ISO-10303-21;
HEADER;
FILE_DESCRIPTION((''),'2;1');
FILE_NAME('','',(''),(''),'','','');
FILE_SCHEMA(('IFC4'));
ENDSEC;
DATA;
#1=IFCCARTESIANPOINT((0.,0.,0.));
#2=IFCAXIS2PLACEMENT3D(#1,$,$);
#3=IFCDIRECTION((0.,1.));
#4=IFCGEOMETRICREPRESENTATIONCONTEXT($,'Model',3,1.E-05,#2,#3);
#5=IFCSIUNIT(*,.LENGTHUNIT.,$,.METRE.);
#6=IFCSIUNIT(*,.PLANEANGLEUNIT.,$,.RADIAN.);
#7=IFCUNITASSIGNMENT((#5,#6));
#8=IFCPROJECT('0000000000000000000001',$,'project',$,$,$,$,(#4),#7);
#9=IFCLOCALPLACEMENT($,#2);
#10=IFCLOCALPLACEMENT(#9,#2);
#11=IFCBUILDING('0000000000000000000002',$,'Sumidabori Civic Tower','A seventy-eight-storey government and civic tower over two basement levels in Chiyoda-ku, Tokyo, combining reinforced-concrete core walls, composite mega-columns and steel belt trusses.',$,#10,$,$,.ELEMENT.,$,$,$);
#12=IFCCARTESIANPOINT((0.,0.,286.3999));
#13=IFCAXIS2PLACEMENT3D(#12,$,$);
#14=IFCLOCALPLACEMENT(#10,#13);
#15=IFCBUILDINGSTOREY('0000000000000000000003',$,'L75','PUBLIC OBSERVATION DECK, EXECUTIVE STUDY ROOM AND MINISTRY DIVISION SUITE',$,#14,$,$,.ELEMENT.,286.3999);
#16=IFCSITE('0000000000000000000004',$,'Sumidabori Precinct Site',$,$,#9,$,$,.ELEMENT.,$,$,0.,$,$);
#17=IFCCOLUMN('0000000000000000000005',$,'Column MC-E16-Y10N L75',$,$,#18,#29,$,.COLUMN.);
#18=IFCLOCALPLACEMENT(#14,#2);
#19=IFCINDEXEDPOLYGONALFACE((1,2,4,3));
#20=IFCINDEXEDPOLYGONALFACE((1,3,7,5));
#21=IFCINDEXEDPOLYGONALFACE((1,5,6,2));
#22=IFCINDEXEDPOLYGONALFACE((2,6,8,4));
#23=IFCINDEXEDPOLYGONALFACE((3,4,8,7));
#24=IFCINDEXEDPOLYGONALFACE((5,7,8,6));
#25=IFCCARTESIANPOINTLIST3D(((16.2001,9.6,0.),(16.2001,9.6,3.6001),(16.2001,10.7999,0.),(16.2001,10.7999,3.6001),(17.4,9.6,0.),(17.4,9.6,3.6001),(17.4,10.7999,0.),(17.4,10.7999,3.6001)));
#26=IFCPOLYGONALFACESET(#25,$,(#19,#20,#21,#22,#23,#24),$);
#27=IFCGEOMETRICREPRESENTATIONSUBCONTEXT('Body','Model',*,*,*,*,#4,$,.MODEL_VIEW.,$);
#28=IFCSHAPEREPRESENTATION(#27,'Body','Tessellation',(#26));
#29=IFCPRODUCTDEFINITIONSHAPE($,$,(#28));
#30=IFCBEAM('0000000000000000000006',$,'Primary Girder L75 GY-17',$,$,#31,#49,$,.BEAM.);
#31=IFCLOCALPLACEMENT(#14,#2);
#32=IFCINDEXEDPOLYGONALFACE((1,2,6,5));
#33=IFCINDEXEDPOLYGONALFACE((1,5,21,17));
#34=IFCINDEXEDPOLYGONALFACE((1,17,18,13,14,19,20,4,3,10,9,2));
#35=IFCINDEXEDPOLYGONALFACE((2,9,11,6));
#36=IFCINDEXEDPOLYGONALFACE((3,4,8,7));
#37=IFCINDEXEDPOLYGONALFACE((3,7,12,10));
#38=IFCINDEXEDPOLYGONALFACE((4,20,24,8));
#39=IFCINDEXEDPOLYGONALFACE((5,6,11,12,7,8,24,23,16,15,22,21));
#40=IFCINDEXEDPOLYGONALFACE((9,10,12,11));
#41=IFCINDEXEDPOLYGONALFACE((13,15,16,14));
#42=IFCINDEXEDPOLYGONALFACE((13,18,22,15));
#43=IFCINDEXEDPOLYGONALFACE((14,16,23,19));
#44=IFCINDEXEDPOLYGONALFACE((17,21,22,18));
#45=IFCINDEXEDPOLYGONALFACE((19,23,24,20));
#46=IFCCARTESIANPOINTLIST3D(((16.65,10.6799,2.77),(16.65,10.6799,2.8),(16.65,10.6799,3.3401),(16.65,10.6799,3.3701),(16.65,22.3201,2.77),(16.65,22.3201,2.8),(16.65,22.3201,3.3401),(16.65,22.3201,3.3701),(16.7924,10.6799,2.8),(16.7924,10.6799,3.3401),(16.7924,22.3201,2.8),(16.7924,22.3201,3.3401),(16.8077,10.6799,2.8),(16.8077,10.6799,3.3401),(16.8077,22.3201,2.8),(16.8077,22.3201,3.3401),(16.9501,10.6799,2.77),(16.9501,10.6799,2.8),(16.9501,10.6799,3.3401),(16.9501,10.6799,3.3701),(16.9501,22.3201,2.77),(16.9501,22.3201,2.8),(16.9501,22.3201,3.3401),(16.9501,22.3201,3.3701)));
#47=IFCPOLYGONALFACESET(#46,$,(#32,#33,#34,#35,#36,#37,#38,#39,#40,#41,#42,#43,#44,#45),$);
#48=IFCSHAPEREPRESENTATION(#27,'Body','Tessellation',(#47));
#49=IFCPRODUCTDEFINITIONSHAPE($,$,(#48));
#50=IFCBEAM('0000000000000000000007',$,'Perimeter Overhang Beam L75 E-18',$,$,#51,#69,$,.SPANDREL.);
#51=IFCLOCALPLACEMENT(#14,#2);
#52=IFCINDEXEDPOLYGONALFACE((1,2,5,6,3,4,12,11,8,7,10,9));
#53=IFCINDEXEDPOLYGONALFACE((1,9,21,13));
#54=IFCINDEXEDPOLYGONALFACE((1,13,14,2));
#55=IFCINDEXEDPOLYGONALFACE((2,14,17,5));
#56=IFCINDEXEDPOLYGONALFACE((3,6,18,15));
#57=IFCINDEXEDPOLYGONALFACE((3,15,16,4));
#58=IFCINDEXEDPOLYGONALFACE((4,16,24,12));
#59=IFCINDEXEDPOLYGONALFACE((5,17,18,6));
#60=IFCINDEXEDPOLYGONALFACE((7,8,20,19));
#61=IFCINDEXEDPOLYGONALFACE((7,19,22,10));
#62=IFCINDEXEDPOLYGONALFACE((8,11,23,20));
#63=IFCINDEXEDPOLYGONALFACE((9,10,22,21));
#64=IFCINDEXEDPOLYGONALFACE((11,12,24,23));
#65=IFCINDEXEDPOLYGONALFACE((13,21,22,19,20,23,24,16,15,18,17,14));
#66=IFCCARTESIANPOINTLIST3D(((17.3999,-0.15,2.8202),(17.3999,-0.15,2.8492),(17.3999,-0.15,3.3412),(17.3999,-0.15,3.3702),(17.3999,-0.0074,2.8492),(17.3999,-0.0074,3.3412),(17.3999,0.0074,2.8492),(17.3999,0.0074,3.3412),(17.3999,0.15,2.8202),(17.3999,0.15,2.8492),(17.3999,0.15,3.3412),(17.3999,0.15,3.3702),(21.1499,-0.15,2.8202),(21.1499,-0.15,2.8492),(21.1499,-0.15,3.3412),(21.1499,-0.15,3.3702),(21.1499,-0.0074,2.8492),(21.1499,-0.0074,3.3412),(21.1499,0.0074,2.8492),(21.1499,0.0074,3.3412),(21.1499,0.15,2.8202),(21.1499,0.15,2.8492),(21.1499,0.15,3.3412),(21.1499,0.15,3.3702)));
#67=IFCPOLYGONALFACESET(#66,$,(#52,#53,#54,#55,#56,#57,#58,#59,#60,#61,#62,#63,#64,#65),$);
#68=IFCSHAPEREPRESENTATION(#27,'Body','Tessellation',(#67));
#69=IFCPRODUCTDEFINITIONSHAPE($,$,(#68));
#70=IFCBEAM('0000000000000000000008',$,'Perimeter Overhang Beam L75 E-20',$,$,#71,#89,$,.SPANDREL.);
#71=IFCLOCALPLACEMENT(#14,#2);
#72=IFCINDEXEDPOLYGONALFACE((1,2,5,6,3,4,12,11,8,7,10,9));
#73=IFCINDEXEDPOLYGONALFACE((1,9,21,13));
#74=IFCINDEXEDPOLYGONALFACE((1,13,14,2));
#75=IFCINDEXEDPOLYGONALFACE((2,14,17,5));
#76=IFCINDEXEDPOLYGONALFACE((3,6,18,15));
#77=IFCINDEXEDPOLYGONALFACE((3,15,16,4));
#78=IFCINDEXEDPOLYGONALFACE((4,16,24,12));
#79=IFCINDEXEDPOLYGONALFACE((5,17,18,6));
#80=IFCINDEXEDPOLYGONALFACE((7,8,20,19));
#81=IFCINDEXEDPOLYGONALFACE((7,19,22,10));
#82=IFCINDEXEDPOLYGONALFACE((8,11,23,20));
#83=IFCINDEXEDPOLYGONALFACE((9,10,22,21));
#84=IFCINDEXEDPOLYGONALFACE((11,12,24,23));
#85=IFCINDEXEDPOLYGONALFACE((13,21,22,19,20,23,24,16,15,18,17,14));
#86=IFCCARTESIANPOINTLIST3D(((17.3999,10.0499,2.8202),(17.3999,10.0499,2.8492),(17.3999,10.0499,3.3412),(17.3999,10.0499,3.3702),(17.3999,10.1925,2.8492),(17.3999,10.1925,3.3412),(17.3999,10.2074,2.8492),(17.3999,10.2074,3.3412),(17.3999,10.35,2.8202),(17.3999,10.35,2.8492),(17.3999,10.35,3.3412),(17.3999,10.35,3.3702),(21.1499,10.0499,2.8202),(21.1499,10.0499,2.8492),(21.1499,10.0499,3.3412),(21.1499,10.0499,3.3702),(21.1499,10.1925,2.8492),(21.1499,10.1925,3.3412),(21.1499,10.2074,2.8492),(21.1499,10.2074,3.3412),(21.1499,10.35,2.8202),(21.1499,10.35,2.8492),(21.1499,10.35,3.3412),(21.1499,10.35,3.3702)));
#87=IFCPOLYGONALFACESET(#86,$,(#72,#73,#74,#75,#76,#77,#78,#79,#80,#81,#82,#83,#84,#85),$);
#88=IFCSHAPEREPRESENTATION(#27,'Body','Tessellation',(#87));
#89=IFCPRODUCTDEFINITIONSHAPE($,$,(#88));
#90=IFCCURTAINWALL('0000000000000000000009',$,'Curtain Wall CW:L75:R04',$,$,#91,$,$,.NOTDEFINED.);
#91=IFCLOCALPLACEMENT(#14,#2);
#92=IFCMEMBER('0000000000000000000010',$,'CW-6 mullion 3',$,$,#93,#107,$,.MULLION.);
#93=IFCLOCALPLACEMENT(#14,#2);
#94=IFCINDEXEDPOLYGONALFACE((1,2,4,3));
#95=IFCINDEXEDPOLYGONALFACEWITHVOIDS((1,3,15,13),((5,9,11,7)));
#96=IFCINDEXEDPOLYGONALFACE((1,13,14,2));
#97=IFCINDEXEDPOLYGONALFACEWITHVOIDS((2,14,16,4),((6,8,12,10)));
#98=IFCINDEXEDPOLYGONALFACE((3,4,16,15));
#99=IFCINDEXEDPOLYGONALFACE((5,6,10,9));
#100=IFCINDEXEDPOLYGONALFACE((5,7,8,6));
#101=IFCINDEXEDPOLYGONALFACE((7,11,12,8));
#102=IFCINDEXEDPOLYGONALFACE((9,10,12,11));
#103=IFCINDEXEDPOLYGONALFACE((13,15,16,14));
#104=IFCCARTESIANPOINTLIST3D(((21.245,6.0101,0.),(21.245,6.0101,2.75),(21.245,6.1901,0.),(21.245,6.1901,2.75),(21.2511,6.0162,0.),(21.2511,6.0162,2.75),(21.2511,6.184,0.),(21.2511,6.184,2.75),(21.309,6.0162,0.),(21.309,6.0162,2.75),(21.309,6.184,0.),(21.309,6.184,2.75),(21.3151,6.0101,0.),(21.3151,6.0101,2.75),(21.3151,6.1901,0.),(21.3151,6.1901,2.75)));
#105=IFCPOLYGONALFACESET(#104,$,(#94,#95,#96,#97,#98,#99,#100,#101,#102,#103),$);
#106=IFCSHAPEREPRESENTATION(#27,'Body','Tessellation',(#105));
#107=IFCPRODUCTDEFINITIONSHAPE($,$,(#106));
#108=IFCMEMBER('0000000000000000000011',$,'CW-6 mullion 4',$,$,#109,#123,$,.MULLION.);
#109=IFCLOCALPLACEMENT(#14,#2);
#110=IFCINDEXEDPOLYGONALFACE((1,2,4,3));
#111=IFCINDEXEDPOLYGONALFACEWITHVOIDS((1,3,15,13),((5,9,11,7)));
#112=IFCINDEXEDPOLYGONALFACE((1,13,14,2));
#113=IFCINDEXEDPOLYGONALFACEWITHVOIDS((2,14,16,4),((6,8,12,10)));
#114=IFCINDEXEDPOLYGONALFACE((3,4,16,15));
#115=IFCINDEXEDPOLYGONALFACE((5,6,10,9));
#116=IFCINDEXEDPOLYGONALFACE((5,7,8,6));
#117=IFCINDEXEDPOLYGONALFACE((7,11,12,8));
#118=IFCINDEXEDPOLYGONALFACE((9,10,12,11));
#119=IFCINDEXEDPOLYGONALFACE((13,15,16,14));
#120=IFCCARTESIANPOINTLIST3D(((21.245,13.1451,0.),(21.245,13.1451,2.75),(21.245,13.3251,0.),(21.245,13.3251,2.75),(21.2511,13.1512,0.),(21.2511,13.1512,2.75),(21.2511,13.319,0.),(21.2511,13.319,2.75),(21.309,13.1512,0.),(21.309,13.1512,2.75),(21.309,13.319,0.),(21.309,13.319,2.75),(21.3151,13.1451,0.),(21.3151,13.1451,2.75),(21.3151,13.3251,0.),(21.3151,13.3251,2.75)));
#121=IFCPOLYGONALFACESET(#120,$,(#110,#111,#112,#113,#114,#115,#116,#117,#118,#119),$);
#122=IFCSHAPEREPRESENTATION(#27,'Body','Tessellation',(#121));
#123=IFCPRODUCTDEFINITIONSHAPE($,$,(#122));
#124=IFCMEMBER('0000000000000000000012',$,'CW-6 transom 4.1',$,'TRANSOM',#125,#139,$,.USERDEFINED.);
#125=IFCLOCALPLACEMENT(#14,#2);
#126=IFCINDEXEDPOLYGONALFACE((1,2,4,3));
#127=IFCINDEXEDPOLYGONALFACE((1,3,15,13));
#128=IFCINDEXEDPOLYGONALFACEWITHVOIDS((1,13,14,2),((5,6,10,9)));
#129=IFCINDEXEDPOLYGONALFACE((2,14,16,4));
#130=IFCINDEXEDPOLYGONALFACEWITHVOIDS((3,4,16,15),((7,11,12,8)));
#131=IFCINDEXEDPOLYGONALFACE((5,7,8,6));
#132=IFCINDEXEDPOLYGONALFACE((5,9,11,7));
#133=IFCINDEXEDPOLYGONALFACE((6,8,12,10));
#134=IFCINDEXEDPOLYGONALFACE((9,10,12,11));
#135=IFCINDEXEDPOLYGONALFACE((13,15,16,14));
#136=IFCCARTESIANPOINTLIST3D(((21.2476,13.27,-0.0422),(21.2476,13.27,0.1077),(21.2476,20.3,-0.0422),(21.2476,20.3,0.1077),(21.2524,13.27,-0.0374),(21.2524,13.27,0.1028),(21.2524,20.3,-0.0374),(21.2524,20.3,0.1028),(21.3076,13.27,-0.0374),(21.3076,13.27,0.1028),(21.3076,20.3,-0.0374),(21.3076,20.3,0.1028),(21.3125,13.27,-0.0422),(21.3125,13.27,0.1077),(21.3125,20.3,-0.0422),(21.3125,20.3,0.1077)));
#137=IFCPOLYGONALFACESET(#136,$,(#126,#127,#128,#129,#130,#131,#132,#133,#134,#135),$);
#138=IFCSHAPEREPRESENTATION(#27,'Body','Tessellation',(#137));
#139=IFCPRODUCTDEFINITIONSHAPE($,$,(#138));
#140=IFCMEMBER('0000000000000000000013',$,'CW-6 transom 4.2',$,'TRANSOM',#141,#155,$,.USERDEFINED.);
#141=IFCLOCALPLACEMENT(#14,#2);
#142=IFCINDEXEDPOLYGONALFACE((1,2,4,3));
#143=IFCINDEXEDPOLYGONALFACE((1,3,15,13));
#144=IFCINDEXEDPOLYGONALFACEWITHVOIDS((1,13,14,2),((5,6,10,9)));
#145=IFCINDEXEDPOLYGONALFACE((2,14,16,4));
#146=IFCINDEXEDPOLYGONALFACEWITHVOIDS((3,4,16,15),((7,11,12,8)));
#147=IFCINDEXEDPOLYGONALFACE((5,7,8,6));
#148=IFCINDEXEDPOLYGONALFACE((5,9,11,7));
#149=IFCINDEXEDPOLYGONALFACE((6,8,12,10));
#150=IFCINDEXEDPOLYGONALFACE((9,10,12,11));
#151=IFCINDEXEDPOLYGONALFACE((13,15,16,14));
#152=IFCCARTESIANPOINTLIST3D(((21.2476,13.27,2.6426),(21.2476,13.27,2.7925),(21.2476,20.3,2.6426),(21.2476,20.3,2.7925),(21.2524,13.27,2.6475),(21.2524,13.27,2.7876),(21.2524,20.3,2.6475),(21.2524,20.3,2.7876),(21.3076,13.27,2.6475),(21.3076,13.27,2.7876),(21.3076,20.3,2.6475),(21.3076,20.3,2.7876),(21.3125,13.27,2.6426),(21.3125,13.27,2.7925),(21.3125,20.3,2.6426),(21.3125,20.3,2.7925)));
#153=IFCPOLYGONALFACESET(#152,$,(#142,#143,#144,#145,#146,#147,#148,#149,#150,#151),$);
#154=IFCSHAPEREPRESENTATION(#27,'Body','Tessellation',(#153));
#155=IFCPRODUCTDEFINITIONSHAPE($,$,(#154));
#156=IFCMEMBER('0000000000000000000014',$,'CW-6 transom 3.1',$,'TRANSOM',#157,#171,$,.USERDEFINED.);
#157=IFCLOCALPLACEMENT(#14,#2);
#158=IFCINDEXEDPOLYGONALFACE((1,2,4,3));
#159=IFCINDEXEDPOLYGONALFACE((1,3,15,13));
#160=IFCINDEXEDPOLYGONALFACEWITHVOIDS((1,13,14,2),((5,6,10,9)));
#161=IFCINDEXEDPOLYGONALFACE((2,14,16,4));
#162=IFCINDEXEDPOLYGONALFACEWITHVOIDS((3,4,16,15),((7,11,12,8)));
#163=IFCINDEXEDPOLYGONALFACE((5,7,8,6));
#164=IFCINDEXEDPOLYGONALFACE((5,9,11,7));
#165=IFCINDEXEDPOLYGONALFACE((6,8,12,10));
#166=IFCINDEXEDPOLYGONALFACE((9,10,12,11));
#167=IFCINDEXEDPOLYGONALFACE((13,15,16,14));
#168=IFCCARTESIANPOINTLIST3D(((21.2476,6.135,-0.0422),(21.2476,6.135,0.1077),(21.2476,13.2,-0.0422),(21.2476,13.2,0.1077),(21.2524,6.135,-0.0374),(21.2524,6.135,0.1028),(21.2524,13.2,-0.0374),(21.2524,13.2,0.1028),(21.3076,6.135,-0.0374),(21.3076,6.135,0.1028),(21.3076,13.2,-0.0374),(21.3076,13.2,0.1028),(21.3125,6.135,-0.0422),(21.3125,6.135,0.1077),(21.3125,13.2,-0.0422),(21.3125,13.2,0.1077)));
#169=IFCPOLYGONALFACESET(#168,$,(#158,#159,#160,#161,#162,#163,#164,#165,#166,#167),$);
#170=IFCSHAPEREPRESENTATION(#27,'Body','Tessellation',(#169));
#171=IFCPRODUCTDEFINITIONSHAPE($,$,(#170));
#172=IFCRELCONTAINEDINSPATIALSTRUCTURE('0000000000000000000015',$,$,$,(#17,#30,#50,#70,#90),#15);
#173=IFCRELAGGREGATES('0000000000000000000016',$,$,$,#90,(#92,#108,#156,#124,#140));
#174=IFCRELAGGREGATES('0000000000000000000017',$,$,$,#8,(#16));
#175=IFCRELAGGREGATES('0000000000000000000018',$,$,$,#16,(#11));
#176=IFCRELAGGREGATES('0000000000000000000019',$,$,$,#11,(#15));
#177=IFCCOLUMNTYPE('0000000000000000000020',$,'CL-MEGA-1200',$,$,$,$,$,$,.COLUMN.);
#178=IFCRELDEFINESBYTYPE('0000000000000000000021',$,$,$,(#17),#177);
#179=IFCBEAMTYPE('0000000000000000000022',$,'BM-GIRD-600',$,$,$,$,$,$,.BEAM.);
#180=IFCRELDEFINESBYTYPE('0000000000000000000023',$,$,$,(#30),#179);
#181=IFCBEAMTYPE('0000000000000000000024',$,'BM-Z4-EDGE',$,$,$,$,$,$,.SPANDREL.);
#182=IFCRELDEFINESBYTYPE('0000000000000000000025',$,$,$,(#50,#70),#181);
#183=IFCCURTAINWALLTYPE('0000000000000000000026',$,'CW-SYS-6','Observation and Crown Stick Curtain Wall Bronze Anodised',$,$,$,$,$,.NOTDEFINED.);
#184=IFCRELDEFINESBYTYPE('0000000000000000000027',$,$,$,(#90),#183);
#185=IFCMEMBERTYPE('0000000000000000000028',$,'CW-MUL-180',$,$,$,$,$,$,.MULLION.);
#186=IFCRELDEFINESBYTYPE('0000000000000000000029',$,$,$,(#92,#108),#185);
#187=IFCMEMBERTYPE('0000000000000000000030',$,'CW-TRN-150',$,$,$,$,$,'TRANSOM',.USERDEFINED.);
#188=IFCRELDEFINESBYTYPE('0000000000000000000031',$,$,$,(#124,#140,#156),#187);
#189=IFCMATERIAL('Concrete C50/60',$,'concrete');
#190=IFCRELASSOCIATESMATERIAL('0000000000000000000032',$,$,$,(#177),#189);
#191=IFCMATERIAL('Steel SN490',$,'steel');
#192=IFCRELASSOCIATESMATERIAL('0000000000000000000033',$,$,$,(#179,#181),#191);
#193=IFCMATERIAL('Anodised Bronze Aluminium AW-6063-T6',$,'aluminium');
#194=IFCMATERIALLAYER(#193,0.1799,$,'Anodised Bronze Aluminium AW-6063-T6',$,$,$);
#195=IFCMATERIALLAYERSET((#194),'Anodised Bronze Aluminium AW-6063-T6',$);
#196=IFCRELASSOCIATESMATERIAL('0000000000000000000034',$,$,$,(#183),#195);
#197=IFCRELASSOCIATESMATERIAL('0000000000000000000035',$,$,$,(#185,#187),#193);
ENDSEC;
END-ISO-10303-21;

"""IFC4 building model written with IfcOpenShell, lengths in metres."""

from ifc_helpers import new_model, si_unit, direction, frame, origin, origin_2d, place, context, subcontext, project, spatial, rectangle, hollow_rectangle, i_section, extrude, source, transform, mapped, material, layer, layer_set, material_profile, profile_set, type_object, element, aggregate, save


model = new_model("IFC4")

# Units and contexts
model_context = context("Model", 3, precision=1e-05, world=origin(), true_north=direction((0.0, 1.0)))
body_context = subcontext(model_context, "Body", "Model", "MODEL_VIEW")
ifc_project = project(units=[si_unit("LENGTHUNIT", "METRE"), si_unit("PLANEANGLEUNIT", "RADIAN")], contexts=[model_context])

# Site, building, storey
site_placement = place(None, origin())
site = spatial("IfcSite", under=ifc_project, at=site_placement, Name="Sumidabori Precinct Site", CompositionType="ELEMENT", RefElevation=0.0)
building_placement = place(site_placement, origin())
building = spatial("IfcBuilding", under=site, at=building_placement, Name="Sumidabori Civic Tower", Description="A seventy-eight-storey government and civic tower over two basement levels in Chiyoda-ku, Tokyo, combining reinforced-concrete core walls, composite mega-columns and steel belt trusses.", CompositionType="ELEMENT")
storey_placement = place(building_placement, frame((0.0, 0.0, 286.3999)))
storey = spatial("IfcBuildingStorey", under=building, at=storey_placement, Name="L75", Description="PUBLIC OBSERVATION DECK, EXECUTIVE STUDY ROOM AND MINISTRY DIVISION SUITE", CompositionType="ELEMENT", Elevation=286.3999)

# Column
ifc_material_1 = material(Name="Concrete C50/60", Category="concrete")
ifc_material_profile_1 = material_profile(ifc_material_1, rectangle(XDim=1.2, YDim=1.2, at=origin_2d()), Name="RC 1200x1200")
ifc_profile_set_1 = profile_set([ifc_material_profile_1], Name="Concrete C50/60")
column_type = type_object("IfcColumnType", Name="CL-MEGA-1200", PredefinedType="COLUMN", material=ifc_profile_set_1)
shared_shape_1 = source(origin(), body_context, "Body", "SweptSolid", [
    extrude(rectangle(XDim=1.2, YDim=1.2, at=origin_2d()), origin(), (0.0, 0.0, 1.0), 3.6001),
])
column_placement = place(storey_placement, frame((16.8, 10.2, 0.0), z_axis=(0.0, 0.0, 1.0), x_axis=(1.0, 0.0, 0.0)))
element("IfcColumn", 1, at=column_placement, inside=storey, type_object=column_type, Name="Column MC-E16-Y10N L75", PredefinedType="COLUMN", context=body_context, shape_type="MappedRepresentation", body=[
    mapped(shared_shape_1, transform((0.0, 0.0, 0.0), x_axis=(1.0, 0.0, 0.0), y_axis=(0.0, 1.0, 0.0), z_axis=(0.0, 0.0, 1.0), scale=1.0)),
])

# Beams
ifc_material_2 = material(Name="Steel SN490", Category="steel")
ifc_material_profile_2 = material_profile(ifc_material_2, i_section(OverallWidth=0.3, OverallDepth=0.6001, WebThickness=0.0154, FlangeThickness=0.03, at=origin_2d()), Name="HE 600 B")
ifc_profile_set_2 = profile_set([ifc_material_profile_2], Name="Steel SN490")
beam_type_1 = type_object("IfcBeamType", Name="BM-GIRD-600", PredefinedType="BEAM", material=ifc_profile_set_2)
shared_shape_2 = source(origin(), body_context, "Body", "SweptSolid", [
    extrude(i_section(OverallWidth=0.3, OverallDepth=0.6001, WebThickness=0.0154, FlangeThickness=0.03, at=origin_2d()), origin(), (0.0, 0.0, 1.0), 11.6401),
])
beam_placement = place(storey_placement, frame((16.8, 10.6799, 3.0701), z_axis=(0.0, 1.0, 0.0), x_axis=(-1.0, 0.0, 0.0)))
element("IfcBeam", 2, at=beam_placement, inside=storey, type_object=beam_type_1, Name="Primary Girder L75 GY-17", PredefinedType="BEAM", context=body_context, shape_type="MappedRepresentation", body=[
    mapped(shared_shape_2, transform((0.0, 0.0, 0.0), x_axis=(1.0, 0.0, 0.0), y_axis=(0.0, 1.0, 0.0), z_axis=(0.0, 0.0, 1.0), scale=1.0)),
])
ifc_material_profile_3 = material_profile(ifc_material_2, i_section(OverallWidth=0.3, OverallDepth=0.55, WebThickness=0.0149, FlangeThickness=0.0291, at=origin_2d()), Name="HE 550 B")
ifc_profile_set_3 = profile_set([ifc_material_profile_3], Name="Steel SN490")
beam_type_2 = type_object("IfcBeamType", Name="BM-Z4-EDGE", PredefinedType="SPANDREL", material=ifc_profile_set_3)
shared_shape_3 = source(origin(), body_context, "Body", "SweptSolid", [
    extrude(i_section(OverallWidth=0.3, OverallDepth=0.55, WebThickness=0.0149, FlangeThickness=0.0291, at=origin_2d()), origin(), (0.0, 0.0, 1.0), 3.75),
])
for number, where, z_axis, x_axis, name in (
    (3, (17.3999, 0.0, 3.0952), (1.0, 0.0, 0.0), (0.0, 1.0, 0.0), "Perimeter Overhang Beam L75 E-18"),
    (4, (17.3999, 10.2, 3.0952), (1.0, 0.0, 0.0), (0.0, 1.0, 0.0), "Perimeter Overhang Beam L75 E-20"),
):
    element("IfcBeam", number, at=place(storey_placement, frame(where, z_axis=z_axis, x_axis=x_axis)), inside=storey, type_object=beam_type_2, Name=name, PredefinedType="SPANDREL", context=body_context, shape_type="MappedRepresentation", body=[
        mapped(shared_shape_3, transform((0.0, 0.0, 0.0), x_axis=(1.0, 0.0, 0.0), y_axis=(0.0, 1.0, 0.0), z_axis=(0.0, 0.0, 1.0), scale=1.0)),
    ])

# Curtain wall, members
ifc_material_3 = material(Name="Anodised Bronze Aluminium AW-6063-T6", Category="aluminium")
ifc_layer_1 = layer(ifc_material_3, 0.1799, Name="Anodised Bronze Aluminium AW-6063-T6")
ifc_layer_set_1 = layer_set([ifc_layer_1], Name="Anodised Bronze Aluminium AW-6063-T6")
curtain_wall_type = type_object("IfcCurtainWallType", Name="CW-SYS-6", Description="Observation and Crown Stick Curtain Wall Bronze Anodised", PredefinedType="NOTDEFINED", material=ifc_layer_set_1)
curtain_wall_placement = place(storey_placement, origin())
curtain_wall = element("IfcCurtainWall", 5, at=curtain_wall_placement, inside=storey, type_object=curtain_wall_type, Name="Curtain Wall CW:L75:R04", PredefinedType="NOTDEFINED")
ifc_material_profile_4 = material_profile(ifc_material_3, hollow_rectangle(XDim=0.0701, YDim=0.1799, WallThickness=0.0061, at=origin_2d()), Name="ALU MULLION 180x70")
ifc_profile_set_4 = profile_set([ifc_material_profile_4], Name="Anodised Bronze Aluminium AW-6063-T6")
member_type_1 = type_object("IfcMemberType", Name="CW-MUL-180", PredefinedType="MULLION", material=ifc_profile_set_4)
shared_shape_4 = source(origin(), body_context, "Body", "SweptSolid", [
    extrude(hollow_rectangle(XDim=0.0701, YDim=0.1799, WallThickness=0.0061, at=origin_2d()), origin(), (0.0, 0.0, 1.0), 2.75),
])
member_1_placement = place(storey_placement, frame((21.28, 6.1001, 0.0), z_axis=(0.0, 0.0, 1.0), x_axis=(-1.0, 0.0, 0.0)))
member_1 = element("IfcMember", 6, at=member_1_placement, type_object=member_type_1, Name="CW-6 mullion 3", PredefinedType="MULLION", context=body_context, shape_type="MappedRepresentation", body=[
    mapped(shared_shape_4, transform((0.0, 0.0, 0.0), x_axis=(1.0, 0.0, 0.0), y_axis=(0.0, 1.0, 0.0), z_axis=(0.0, 0.0, 1.0), scale=1.0)),
])
member_2_placement = place(storey_placement, frame((21.28, 13.2351, 0.0), z_axis=(0.0, 0.0, 1.0), x_axis=(-1.0, 0.0, 0.0)))
member_2 = element("IfcMember", 7, at=member_2_placement, type_object=member_type_1, Name="CW-6 mullion 4", PredefinedType="MULLION", context=body_context, shape_type="MappedRepresentation", body=[
    mapped(shared_shape_4, transform((0.0, 0.0, 0.0), x_axis=(1.0, 0.0, 0.0), y_axis=(0.0, 1.0, 0.0), z_axis=(0.0, 0.0, 1.0), scale=1.0)),
])
ifc_material_profile_5 = material_profile(ifc_material_3, hollow_rectangle(XDim=0.0649, YDim=0.1499, WallThickness=0.0049, at=origin_2d()), Name="ALU TRANSOM 150x65")
ifc_profile_set_5 = profile_set([ifc_material_profile_5], Name="Anodised Bronze Aluminium AW-6063-T6")
member_type_2 = type_object("IfcMemberType", Name="CW-TRN-150", ElementType="TRANSOM", PredefinedType="USERDEFINED", material=ifc_profile_set_5)
shared_shape_5 = source(origin(), body_context, "Body", "SweptSolid", [
    extrude(hollow_rectangle(XDim=0.0649, YDim=0.1499, WallThickness=0.0049, at=origin_2d()), origin(), (0.0, 0.0, 1.0), 7.03),
])
member_3_placement = place(storey_placement, frame((21.28, 13.27, 0.0327), z_axis=(0.0, 1.0, 0.0), x_axis=(-1.0, 0.0, 0.0)))
member_3 = element("IfcMember", 8, at=member_3_placement, type_object=member_type_2, Name="CW-6 transom 4.1", ObjectType="TRANSOM", PredefinedType="USERDEFINED", context=body_context, shape_type="MappedRepresentation", body=[
    mapped(shared_shape_5, transform((0.0, 0.0, 0.0), x_axis=(1.0, 0.0, 0.0), y_axis=(0.0, 1.0, 0.0), z_axis=(0.0, 0.0, 1.0), scale=1.0)),
])
member_4_placement = place(storey_placement, frame((21.28, 13.27, 2.7175), z_axis=(0.0, 1.0, 0.0), x_axis=(-1.0, 0.0, 0.0)))
member_4 = element("IfcMember", 9, at=member_4_placement, type_object=member_type_2, Name="CW-6 transom 4.2", ObjectType="TRANSOM", PredefinedType="USERDEFINED", context=body_context, shape_type="MappedRepresentation", body=[
    mapped(shared_shape_5, transform((0.0, 0.0, 0.0), x_axis=(1.0, 0.0, 0.0), y_axis=(0.0, 1.0, 0.0), z_axis=(0.0, 0.0, 1.0), scale=1.0)),
])
shared_shape_6 = source(origin(), body_context, "Body", "SweptSolid", [
    extrude(hollow_rectangle(XDim=0.0649, YDim=0.1499, WallThickness=0.0049, at=origin_2d()), origin(), (0.0, 0.0, 1.0), 7.0649),
])
member_5_placement = place(storey_placement, frame((21.28, 6.135, 0.0327), z_axis=(0.0, 1.0, 0.0), x_axis=(-1.0, 0.0, 0.0)))
member_5 = element("IfcMember", 10, at=member_5_placement, type_object=member_type_2, Name="CW-6 transom 3.1", ObjectType="TRANSOM", PredefinedType="USERDEFINED", context=body_context, shape_type="MappedRepresentation", body=[
    mapped(shared_shape_6, transform((0.0, 0.0, 0.0), x_axis=(1.0, 0.0, 0.0), y_axis=(0.0, 1.0, 0.0), z_axis=(0.0, 0.0, 1.0), scale=1.0)),
])
aggregate(curtain_wall, [member_1, member_2, member_5, member_3, member_4])

save(model, "model.ifc")
